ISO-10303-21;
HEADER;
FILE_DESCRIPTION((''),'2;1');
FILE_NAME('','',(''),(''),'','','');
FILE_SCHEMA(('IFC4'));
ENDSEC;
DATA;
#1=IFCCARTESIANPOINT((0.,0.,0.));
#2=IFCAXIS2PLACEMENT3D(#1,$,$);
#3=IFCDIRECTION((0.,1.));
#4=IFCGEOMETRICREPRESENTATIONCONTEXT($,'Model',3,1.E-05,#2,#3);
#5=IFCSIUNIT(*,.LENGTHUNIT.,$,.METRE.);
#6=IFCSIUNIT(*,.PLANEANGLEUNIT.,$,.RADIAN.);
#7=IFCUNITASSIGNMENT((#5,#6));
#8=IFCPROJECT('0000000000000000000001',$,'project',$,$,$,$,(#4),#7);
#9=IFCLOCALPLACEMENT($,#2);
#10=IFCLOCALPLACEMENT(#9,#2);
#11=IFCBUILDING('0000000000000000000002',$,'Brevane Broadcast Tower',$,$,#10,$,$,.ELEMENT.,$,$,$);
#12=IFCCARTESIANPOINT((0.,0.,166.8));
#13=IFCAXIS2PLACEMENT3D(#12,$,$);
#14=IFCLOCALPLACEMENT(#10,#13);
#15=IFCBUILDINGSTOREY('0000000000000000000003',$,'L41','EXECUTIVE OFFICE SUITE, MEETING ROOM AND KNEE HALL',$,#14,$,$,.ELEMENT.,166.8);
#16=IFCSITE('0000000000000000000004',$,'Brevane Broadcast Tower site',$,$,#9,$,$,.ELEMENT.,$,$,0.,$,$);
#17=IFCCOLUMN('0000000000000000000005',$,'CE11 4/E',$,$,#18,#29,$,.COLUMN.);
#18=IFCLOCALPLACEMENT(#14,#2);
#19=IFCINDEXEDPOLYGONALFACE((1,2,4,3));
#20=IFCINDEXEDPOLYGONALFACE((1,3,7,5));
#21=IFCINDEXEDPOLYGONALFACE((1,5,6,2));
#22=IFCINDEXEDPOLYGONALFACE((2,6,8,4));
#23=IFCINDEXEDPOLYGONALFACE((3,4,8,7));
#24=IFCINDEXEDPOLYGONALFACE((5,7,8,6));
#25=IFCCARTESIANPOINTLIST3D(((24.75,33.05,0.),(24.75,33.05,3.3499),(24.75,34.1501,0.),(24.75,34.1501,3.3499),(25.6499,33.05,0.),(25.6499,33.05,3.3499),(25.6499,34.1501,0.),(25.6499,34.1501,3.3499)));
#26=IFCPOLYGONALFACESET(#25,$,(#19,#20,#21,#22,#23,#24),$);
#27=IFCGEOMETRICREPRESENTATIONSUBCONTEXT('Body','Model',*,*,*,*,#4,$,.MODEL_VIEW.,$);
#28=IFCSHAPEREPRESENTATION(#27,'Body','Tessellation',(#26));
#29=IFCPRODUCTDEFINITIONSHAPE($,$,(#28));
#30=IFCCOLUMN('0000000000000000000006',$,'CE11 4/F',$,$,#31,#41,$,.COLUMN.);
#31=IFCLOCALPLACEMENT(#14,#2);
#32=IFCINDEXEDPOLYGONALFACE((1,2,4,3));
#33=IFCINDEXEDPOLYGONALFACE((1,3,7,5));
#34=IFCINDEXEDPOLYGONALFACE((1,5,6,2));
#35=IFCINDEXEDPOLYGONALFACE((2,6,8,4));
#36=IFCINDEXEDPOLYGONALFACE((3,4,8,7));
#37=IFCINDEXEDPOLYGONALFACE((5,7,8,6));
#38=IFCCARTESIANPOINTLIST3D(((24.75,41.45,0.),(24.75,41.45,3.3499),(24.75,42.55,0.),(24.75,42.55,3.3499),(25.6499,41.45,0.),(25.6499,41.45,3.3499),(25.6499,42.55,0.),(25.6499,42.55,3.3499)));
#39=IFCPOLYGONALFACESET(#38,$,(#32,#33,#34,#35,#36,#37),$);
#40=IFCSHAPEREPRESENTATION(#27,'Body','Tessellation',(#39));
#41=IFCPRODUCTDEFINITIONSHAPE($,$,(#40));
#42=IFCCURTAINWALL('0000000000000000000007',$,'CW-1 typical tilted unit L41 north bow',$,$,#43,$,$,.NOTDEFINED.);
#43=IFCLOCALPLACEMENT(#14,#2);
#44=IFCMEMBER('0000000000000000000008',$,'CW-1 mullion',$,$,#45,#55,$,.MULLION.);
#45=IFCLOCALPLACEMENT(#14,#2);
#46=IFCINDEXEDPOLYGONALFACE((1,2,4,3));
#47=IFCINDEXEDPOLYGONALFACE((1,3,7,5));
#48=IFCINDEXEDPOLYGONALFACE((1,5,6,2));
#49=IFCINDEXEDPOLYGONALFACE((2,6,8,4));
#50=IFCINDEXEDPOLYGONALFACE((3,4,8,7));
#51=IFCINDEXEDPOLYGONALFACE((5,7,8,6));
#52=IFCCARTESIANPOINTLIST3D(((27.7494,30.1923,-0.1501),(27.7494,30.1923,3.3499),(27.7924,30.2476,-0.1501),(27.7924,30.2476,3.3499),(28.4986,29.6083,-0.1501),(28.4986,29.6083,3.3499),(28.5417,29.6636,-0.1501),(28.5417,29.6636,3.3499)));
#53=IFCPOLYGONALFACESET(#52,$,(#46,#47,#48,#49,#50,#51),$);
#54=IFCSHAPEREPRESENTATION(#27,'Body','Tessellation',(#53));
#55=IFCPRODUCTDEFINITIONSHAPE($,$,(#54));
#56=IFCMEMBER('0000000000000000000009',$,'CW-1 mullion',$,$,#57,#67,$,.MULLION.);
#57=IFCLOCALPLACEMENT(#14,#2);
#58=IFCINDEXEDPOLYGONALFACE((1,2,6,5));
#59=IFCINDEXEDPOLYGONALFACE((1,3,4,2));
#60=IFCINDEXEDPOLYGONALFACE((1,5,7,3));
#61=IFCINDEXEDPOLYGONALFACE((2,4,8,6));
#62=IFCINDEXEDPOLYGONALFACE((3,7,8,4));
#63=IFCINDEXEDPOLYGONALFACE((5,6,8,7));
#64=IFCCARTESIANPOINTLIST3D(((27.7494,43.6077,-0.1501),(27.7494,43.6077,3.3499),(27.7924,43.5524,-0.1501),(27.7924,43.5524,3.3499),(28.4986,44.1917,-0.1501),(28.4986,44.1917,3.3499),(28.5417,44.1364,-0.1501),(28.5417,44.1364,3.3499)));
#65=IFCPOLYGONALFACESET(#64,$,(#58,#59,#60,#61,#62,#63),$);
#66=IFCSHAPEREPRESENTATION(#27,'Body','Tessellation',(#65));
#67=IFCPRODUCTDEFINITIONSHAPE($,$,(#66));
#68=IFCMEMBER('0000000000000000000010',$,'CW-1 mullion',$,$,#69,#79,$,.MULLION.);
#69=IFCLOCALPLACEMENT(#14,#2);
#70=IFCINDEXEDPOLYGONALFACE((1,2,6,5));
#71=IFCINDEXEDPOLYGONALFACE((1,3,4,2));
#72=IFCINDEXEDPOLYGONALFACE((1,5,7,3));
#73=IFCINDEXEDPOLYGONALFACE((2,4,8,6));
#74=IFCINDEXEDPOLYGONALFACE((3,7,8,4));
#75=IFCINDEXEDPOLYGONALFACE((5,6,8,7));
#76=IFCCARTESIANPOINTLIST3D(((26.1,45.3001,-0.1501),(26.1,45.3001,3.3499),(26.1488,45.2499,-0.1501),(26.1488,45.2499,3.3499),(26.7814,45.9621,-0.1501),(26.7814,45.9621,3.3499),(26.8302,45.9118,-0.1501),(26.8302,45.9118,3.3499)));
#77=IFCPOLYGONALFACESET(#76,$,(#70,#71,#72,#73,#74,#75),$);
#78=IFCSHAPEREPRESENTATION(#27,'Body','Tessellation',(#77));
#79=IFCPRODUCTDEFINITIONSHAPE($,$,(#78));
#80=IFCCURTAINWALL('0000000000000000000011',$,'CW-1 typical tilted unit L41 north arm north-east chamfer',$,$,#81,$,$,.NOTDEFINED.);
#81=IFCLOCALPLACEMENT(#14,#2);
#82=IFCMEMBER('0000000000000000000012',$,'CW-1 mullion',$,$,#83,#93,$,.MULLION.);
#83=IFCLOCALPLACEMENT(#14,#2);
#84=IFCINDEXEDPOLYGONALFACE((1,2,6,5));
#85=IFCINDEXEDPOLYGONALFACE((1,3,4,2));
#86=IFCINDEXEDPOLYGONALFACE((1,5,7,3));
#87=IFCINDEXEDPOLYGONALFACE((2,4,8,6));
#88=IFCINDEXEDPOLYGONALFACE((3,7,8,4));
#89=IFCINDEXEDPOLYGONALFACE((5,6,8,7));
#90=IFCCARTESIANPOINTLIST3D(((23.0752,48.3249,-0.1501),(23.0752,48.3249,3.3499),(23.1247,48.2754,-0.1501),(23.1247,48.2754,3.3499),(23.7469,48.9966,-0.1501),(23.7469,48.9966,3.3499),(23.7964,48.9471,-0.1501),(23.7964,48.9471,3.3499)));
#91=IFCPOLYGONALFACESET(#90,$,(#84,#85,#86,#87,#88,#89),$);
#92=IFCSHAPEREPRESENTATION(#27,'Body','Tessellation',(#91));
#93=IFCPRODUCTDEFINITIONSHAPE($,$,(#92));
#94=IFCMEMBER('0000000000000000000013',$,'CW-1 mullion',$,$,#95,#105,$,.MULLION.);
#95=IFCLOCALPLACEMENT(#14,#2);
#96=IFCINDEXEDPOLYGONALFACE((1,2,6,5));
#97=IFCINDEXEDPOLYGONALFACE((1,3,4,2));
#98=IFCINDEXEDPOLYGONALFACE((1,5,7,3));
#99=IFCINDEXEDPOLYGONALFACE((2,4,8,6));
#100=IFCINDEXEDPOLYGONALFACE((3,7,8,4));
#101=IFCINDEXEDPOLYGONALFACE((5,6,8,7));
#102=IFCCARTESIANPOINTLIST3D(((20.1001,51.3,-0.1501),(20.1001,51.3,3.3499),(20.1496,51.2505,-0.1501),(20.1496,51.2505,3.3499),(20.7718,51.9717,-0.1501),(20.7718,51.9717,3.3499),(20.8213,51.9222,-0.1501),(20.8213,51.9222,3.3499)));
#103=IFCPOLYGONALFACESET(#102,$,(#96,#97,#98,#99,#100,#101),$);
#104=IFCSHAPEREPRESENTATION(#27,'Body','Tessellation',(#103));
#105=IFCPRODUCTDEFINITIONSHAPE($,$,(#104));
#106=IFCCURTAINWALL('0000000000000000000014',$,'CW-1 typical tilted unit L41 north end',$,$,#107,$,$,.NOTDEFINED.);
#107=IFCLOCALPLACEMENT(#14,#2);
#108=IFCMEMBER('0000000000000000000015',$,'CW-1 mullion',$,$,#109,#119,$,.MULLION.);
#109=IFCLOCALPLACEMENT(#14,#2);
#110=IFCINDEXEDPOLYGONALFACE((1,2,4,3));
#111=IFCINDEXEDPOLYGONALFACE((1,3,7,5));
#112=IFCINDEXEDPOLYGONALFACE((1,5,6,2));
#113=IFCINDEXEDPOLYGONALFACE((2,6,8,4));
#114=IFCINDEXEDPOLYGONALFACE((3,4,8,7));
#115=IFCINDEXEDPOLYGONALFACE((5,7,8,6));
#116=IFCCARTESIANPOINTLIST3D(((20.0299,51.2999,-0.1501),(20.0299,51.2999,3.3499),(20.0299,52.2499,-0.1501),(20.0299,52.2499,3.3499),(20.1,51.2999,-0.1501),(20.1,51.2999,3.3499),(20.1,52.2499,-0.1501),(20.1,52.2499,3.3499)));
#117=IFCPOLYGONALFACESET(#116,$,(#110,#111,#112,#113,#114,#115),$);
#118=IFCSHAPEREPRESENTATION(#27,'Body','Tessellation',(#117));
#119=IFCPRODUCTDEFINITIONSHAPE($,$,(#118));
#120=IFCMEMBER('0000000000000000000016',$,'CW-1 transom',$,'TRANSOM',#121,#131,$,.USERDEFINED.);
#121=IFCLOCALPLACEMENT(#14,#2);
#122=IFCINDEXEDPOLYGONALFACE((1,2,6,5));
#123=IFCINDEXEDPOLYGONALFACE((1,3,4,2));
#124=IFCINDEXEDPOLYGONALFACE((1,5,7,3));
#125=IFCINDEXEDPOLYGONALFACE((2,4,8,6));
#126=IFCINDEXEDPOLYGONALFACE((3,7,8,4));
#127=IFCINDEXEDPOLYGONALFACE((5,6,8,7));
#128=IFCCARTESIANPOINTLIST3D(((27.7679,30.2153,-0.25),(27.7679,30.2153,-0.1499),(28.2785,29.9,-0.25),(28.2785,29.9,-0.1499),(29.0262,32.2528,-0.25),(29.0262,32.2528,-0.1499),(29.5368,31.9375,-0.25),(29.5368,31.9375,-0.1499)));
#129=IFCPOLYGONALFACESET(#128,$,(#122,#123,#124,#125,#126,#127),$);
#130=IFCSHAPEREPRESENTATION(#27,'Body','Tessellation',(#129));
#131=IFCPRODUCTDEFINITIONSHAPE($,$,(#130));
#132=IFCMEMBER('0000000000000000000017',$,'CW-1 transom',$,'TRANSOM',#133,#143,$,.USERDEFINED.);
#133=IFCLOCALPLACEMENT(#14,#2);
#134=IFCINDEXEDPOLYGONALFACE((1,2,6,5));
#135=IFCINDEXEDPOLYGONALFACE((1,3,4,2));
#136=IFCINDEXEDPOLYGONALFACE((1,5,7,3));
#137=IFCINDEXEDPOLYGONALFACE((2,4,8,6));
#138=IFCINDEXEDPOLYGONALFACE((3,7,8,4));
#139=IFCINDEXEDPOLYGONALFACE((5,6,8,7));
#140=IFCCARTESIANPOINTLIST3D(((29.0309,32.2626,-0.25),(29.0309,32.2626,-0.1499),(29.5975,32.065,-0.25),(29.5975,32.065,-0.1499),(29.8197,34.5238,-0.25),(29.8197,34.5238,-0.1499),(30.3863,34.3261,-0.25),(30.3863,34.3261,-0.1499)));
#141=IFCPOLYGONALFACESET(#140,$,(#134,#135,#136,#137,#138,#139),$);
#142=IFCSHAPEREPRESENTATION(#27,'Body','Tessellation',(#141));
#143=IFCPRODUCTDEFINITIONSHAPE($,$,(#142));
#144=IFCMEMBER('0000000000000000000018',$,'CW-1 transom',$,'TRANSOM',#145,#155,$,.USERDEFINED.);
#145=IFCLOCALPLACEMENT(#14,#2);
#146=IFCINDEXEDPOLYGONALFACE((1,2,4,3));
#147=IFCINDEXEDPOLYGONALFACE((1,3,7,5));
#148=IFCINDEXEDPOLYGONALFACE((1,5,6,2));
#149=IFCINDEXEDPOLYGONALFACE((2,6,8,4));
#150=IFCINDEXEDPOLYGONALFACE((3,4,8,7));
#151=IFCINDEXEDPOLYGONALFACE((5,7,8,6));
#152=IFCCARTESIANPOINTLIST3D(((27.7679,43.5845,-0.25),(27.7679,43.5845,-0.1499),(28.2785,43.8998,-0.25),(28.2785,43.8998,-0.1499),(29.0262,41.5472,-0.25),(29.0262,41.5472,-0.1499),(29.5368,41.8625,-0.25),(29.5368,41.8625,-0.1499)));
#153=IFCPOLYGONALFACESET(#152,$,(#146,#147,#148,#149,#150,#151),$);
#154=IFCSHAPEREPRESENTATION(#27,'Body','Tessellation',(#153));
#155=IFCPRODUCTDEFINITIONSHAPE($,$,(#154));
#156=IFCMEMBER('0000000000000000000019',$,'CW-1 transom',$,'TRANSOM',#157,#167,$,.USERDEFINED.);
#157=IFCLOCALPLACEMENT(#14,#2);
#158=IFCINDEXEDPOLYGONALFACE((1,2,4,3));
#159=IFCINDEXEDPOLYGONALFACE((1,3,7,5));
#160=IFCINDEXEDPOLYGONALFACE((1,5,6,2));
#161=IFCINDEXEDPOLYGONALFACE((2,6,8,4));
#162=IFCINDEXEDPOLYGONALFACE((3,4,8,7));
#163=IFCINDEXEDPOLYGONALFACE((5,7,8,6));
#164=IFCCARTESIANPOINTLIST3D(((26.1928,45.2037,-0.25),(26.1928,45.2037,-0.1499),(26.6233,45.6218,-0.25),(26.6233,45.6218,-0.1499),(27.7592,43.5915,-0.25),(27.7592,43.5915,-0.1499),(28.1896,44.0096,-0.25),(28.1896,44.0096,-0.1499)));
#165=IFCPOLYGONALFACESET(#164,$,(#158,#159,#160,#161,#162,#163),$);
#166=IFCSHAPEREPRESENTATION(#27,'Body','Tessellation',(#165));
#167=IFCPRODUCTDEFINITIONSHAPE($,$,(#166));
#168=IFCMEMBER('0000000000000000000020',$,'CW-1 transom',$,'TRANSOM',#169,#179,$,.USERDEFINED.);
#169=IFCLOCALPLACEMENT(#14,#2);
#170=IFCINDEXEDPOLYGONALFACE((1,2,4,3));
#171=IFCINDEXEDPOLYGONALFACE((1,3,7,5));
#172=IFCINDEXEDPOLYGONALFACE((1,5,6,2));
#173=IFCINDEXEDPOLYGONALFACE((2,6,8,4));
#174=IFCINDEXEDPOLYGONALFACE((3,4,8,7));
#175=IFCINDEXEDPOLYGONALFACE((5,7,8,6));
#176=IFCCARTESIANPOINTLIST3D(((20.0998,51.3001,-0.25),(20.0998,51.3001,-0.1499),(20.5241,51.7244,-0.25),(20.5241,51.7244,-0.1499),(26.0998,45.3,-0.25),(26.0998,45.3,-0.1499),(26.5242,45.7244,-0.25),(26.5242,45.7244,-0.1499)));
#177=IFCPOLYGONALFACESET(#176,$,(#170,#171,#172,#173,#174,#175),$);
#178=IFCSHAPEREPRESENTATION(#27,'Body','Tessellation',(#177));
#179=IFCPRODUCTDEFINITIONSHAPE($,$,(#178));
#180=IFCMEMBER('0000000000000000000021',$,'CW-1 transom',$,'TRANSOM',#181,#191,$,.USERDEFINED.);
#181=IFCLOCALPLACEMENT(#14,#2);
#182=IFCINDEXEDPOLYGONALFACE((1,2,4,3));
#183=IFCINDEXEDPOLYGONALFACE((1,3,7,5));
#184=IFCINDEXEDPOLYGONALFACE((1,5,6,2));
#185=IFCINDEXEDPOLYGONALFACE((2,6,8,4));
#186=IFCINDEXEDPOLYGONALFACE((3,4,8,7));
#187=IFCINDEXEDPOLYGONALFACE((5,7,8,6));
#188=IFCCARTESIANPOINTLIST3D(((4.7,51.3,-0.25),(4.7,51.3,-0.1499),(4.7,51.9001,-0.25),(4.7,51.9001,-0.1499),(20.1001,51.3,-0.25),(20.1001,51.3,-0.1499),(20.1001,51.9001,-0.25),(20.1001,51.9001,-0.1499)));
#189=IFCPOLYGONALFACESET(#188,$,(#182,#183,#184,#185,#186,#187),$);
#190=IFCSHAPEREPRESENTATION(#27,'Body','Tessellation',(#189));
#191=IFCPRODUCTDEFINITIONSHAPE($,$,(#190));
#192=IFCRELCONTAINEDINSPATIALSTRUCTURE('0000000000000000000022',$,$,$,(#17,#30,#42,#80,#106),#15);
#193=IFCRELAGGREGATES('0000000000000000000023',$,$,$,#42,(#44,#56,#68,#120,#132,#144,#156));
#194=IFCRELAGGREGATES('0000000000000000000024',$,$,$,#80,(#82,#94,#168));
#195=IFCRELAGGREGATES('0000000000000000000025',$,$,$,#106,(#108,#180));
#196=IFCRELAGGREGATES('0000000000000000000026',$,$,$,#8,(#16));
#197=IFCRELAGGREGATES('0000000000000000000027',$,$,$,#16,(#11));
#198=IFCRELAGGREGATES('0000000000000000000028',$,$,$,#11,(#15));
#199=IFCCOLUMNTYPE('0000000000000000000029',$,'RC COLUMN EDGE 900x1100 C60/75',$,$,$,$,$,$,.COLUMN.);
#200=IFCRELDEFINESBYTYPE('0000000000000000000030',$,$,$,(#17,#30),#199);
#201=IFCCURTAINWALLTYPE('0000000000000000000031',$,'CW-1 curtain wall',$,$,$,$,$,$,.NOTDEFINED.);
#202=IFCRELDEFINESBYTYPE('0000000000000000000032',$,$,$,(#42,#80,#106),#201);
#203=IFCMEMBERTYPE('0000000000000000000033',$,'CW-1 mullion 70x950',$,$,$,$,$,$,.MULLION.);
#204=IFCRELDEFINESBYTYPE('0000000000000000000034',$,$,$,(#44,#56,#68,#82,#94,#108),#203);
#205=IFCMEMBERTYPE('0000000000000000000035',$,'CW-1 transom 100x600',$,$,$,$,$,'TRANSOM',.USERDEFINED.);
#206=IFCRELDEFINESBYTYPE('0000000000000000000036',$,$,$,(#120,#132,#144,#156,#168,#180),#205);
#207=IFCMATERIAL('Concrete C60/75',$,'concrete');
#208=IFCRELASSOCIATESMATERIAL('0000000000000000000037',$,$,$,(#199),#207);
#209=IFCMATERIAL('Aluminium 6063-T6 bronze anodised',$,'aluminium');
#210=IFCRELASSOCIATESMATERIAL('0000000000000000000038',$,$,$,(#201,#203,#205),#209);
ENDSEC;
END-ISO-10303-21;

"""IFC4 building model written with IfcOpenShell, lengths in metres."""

from ifc_helpers import new_model, si_unit, direction, frame, origin, origin_2d, place, context, subcontext, project, spatial, rectangle, extrude, material, material_profile, profile_set, type_object, element, aggregate, save


model = new_model("IFC4")

# Units and contexts
model_context = context("Model", 3, precision=1e-05, world=origin(), true_north=direction((0.0, 1.0)))
body_context = subcontext(model_context, "Body", "Model", "MODEL_VIEW")
ifc_project = project(units=[si_unit("LENGTHUNIT", "METRE"), si_unit("PLANEANGLEUNIT", "RADIAN")], contexts=[model_context])

# Site, building, storey
site_placement = place(None, origin())
site = spatial("IfcSite", under=ifc_project, at=site_placement, Name="Brevane Broadcast Tower site", CompositionType="ELEMENT", RefElevation=0.0)
building_placement = place(site_placement, origin())
building = spatial("IfcBuilding", under=site, at=building_placement, Name="Brevane Broadcast Tower", CompositionType="ELEMENT")
storey_placement = place(building_placement, frame((0.0, 0.0, 166.8)))
storey = spatial("IfcBuildingStorey", under=building, at=storey_placement, Name="L41", Description="EXECUTIVE OFFICE SUITE, MEETING ROOM AND KNEE HALL", CompositionType="ELEMENT", Elevation=166.8)

# Columns
ifc_material_1 = material(Name="Concrete C60/75", Category="concrete")
ifc_material_profile_1 = material_profile(ifc_material_1, rectangle(XDim=0.8999, YDim=1.1001, at=origin_2d()), Name="RC 900x1100")
ifc_profile_set_1 = profile_set([ifc_material_profile_1], Name="Concrete C60/75")
column_type = type_object("IfcColumnType", Name="RC COLUMN EDGE 900x1100 C60/75", PredefinedType="COLUMN", material=ifc_profile_set_1)
for number, where, z_axis, x_axis, name in (
    (1, (25.2, 33.6001, 0.0), (0.0, 0.0, 1.0), (1.0, 0.0, 0.0), "CE11 4/E"),
    (2, (25.2, 42.0, 0.0), (0.0, 0.0, 1.0), (1.0, 0.0, 0.0), "CE11 4/F"),
):
    element("IfcColumn", number, at=place(storey_placement, frame(where, z_axis=z_axis, x_axis=x_axis)), inside=storey, type_object=column_type, Name=name, PredefinedType="COLUMN", context=body_context, shape_type="SweptSolid", body=[
        extrude(rectangle(XDim=0.8999, YDim=1.1001, at=origin_2d()), origin(), (0.0, 0.0, 1.0), 3.3499),
    ])

# Curtain walls, members
ifc_material_2 = material(Name="Aluminium 6063-T6 bronze anodised", Category="aluminium")
curtain_wall_type = type_object("IfcCurtainWallType", Name="CW-1 curtain wall", PredefinedType="NOTDEFINED", material=ifc_material_2)
curtain_wall_1_placement = place(storey_placement, origin())
curtain_wall_1 = element("IfcCurtainWall", 3, at=curtain_wall_1_placement, inside=storey, type_object=curtain_wall_type, Name="CW-1 typical tilted unit L41 north bow", PredefinedType="NOTDEFINED")
ifc_material_profile_2 = material_profile(ifc_material_2, rectangle(XDim=0.95, YDim=0.0701, at=origin_2d()), Name="RECT 70x950")
ifc_profile_set_2 = profile_set([ifc_material_profile_2], Name="Aluminium 6063-T6 bronze anodised")
member_type_1 = type_object("IfcMemberType", Name="CW-1 mullion 70x950", PredefinedType="MULLION", material=ifc_profile_set_2)
member_1_placement = place(storey_placement, frame((28.1455, 29.928, -0.1501), z_axis=(0.0, 0.0, 1.0), x_axis=(-0.788707, 0.61477, 0.0)))
member_1 = element("IfcMember", 4, at=member_1_placement, type_object=member_type_1, Name="CW-1 mullion", PredefinedType="MULLION", context=body_context, shape_type="SweptSolid", body=[
    extrude(rectangle(XDim=0.95, YDim=0.0701, at=origin_2d()), origin(), (0.0, 0.0, 1.0), 3.5),
])
member_2_placement = place(storey_placement, frame((28.1455, 43.8721, -0.1501), z_axis=(0.0, 0.0, 1.0), x_axis=(-0.788707, -0.61477, 0.0)))
member_2 = element("IfcMember", 5, at=member_2_placement, type_object=member_type_1, Name="CW-1 mullion", PredefinedType="MULLION", context=body_context, shape_type="SweptSolid", body=[
    extrude(rectangle(XDim=0.95, YDim=0.0701, at=origin_2d()), origin(), (0.0, 0.0, 1.0), 3.5),
])
member_3_placement = place(storey_placement, frame((26.4651, 45.606, -0.1501), z_axis=(0.0, 0.0, 1.0), x_axis=(-0.717254, -0.696812, 0.0)))
member_3 = element("IfcMember", 6, at=member_3_placement, type_object=member_type_1, Name="CW-1 mullion", PredefinedType="MULLION", context=body_context, shape_type="SweptSolid", body=[
    extrude(rectangle(XDim=0.95, YDim=0.0701, at=origin_2d()), origin(), (0.0, 0.0, 1.0), 3.5),
])
curtain_wall_2_placement = place(storey_placement, origin())
curtain_wall_2 = element("IfcCurtainWall", 7, at=curtain_wall_2_placement, inside=storey, type_object=curtain_wall_type, Name="CW-1 typical tilted unit L41 north arm north-east chamfer", PredefinedType="NOTDEFINED")
member_4_placement = place(storey_placement, frame((23.4358, 48.636, -0.1501), z_axis=(0.0, 0.0, 1.0), x_axis=(-0.707107, -0.707107, 0.0)))
member_4 = element("IfcMember", 8, at=member_4_placement, type_object=member_type_1, Name="CW-1 mullion", PredefinedType="MULLION", context=body_context, shape_type="SweptSolid", body=[
    extrude(rectangle(XDim=0.95, YDim=0.0701, at=origin_2d()), origin(), (0.0, 0.0, 1.0), 3.5),
])
member_5_placement = place(storey_placement, frame((20.4607, 51.6111, -0.1501), z_axis=(0.0, 0.0, 1.0), x_axis=(-0.707107, -0.707107, 0.0)))
member_5 = element("IfcMember", 9, at=member_5_placement, type_object=member_type_1, Name="CW-1 mullion", PredefinedType="MULLION", context=body_context, shape_type="SweptSolid", body=[
    extrude(rectangle(XDim=0.95, YDim=0.0701, at=origin_2d()), origin(), (0.0, 0.0, 1.0), 3.5),
])

# Curtain wall, member
curtain_wall_3_placement = place(storey_placement, origin())
curtain_wall_3 = element("IfcCurtainWall", 10, at=curtain_wall_3_placement, inside=storey, type_object=curtain_wall_type, Name="CW-1 typical tilted unit L41 north end", PredefinedType="NOTDEFINED")
member_6_placement = place(storey_placement, frame((20.0649, 51.7749, -0.1501), z_axis=(0.0, 0.0, 1.0), x_axis=(0.0, -1.0, 0.0)))
member_6 = element("IfcMember", 11, at=member_6_placement, type_object=member_type_1, Name="CW-1 mullion", PredefinedType="MULLION", context=body_context, shape_type="SweptSolid", body=[
    extrude(rectangle(XDim=0.95, YDim=0.0701, at=origin_2d()), origin(), (0.0, 0.0, 1.0), 3.5),
])

# Members
ifc_material_profile_3 = material_profile(ifc_material_2, rectangle(XDim=0.6001, YDim=0.1001, at=origin_2d()), Name="RECT 100x600")
ifc_profile_set_3 = profile_set([ifc_material_profile_3], Name="Aluminium 6063-T6 bronze anodised")
member_type_2 = type_object("IfcMemberType", Name="CW-1 transom 100x600", ElementType="TRANSOM", PredefinedType="USERDEFINED", material=ifc_profile_set_3)
member_7_placement = place(storey_placement, frame((28.0232, 30.0576, -0.2), z_axis=(0.525428, 0.850838, 0.0), x_axis=(-0.850838, 0.525428, 0.0)))
member_7 = element("IfcMember", 12, at=member_7_placement, type_object=member_type_2, Name="CW-1 transom", ObjectType="TRANSOM", PredefinedType="USERDEFINED", context=body_context, shape_type="SweptSolid", body=[
    extrude(rectangle(XDim=0.6001, YDim=0.1001, at=origin_2d()), origin(), (0.0, 0.0, 1.0), 2.3948),
])
member_8_placement = place(storey_placement, frame((29.3142, 32.1638, -0.2), z_axis=(0.329378, 0.944198, 0.0), x_axis=(-0.944198, 0.329378, 0.0)))
member_8 = element("IfcMember", 13, at=member_8_placement, type_object=member_type_2, Name="CW-1 transom", ObjectType="TRANSOM", PredefinedType="USERDEFINED", context=body_context, shape_type="SweptSolid", body=[
    extrude(rectangle(XDim=0.6001, YDim=0.1001, at=origin_2d()), origin(), (0.0, 0.0, 1.0), 2.3948),
])
member_9_placement = place(storey_placement, frame((29.2815, 41.7048, -0.2), z_axis=(-0.525473, 0.85081, 0.0), x_axis=(-0.85081, -0.525473, 0.0)))
member_9 = element("IfcMember", 14, at=member_9_placement, type_object=member_type_2, Name="CW-1 transom", ObjectType="TRANSOM", PredefinedType="USERDEFINED", context=body_context, shape_type="SweptSolid", body=[
    extrude(rectangle(XDim=0.6001, YDim=0.1001, at=origin_2d()), origin(), (0.0, 0.0, 1.0), 2.3945),
])
member_10_placement = place(storey_placement, frame((27.9744, 43.8005, -0.2), z_axis=(-0.696824, 0.717242, 0.0), x_axis=(-0.717242, -0.696824, 0.0)))
member_10 = element("IfcMember", 15, at=member_10_placement, type_object=member_type_2, Name="CW-1 transom", ObjectType="TRANSOM", PredefinedType="USERDEFINED", context=body_context, shape_type="SweptSolid", body=[
    extrude(rectangle(XDim=0.6001, YDim=0.1001, at=origin_2d()), origin(), (0.0, 0.0, 1.0), 2.2478),
])
aggregate(curtain_wall_1, [member_1, member_2, member_3, member_7, member_8, member_9, member_10])
member_11_placement = place(storey_placement, frame((26.312, 45.5122, -0.2), z_axis=(-0.707107, 0.707107, 0.0), x_axis=(-0.707107, -0.707107, 0.0)))
member_11 = element("IfcMember", 16, at=member_11_placement, type_object=member_type_2, Name="CW-1 transom", ObjectType="TRANSOM", PredefinedType="USERDEFINED", context=body_context, shape_type="SweptSolid", body=[
    extrude(rectangle(XDim=0.6001, YDim=0.1001, at=origin_2d()), origin(), (0.0, 0.0, 1.0), 8.4854),
])
aggregate(curtain_wall_2, [member_4, member_5, member_11])
member_12_placement = place(storey_placement, frame((20.1001, 51.6001, -0.2), z_axis=(-1.0, 0.0, 0.0), x_axis=(0.0, -1.0, 0.0)))
member_12 = element("IfcMember", 17, at=member_12_placement, type_object=member_type_2, Name="CW-1 transom", ObjectType="TRANSOM", PredefinedType="USERDEFINED", context=body_context, shape_type="SweptSolid", body=[
    extrude(rectangle(XDim=0.6001, YDim=0.1001, at=origin_2d()), origin(), (0.0, 0.0, 1.0), 15.4001),
])
aggregate(curtain_wall_3, [member_6, member_12])

save(model, "model.ifc")
